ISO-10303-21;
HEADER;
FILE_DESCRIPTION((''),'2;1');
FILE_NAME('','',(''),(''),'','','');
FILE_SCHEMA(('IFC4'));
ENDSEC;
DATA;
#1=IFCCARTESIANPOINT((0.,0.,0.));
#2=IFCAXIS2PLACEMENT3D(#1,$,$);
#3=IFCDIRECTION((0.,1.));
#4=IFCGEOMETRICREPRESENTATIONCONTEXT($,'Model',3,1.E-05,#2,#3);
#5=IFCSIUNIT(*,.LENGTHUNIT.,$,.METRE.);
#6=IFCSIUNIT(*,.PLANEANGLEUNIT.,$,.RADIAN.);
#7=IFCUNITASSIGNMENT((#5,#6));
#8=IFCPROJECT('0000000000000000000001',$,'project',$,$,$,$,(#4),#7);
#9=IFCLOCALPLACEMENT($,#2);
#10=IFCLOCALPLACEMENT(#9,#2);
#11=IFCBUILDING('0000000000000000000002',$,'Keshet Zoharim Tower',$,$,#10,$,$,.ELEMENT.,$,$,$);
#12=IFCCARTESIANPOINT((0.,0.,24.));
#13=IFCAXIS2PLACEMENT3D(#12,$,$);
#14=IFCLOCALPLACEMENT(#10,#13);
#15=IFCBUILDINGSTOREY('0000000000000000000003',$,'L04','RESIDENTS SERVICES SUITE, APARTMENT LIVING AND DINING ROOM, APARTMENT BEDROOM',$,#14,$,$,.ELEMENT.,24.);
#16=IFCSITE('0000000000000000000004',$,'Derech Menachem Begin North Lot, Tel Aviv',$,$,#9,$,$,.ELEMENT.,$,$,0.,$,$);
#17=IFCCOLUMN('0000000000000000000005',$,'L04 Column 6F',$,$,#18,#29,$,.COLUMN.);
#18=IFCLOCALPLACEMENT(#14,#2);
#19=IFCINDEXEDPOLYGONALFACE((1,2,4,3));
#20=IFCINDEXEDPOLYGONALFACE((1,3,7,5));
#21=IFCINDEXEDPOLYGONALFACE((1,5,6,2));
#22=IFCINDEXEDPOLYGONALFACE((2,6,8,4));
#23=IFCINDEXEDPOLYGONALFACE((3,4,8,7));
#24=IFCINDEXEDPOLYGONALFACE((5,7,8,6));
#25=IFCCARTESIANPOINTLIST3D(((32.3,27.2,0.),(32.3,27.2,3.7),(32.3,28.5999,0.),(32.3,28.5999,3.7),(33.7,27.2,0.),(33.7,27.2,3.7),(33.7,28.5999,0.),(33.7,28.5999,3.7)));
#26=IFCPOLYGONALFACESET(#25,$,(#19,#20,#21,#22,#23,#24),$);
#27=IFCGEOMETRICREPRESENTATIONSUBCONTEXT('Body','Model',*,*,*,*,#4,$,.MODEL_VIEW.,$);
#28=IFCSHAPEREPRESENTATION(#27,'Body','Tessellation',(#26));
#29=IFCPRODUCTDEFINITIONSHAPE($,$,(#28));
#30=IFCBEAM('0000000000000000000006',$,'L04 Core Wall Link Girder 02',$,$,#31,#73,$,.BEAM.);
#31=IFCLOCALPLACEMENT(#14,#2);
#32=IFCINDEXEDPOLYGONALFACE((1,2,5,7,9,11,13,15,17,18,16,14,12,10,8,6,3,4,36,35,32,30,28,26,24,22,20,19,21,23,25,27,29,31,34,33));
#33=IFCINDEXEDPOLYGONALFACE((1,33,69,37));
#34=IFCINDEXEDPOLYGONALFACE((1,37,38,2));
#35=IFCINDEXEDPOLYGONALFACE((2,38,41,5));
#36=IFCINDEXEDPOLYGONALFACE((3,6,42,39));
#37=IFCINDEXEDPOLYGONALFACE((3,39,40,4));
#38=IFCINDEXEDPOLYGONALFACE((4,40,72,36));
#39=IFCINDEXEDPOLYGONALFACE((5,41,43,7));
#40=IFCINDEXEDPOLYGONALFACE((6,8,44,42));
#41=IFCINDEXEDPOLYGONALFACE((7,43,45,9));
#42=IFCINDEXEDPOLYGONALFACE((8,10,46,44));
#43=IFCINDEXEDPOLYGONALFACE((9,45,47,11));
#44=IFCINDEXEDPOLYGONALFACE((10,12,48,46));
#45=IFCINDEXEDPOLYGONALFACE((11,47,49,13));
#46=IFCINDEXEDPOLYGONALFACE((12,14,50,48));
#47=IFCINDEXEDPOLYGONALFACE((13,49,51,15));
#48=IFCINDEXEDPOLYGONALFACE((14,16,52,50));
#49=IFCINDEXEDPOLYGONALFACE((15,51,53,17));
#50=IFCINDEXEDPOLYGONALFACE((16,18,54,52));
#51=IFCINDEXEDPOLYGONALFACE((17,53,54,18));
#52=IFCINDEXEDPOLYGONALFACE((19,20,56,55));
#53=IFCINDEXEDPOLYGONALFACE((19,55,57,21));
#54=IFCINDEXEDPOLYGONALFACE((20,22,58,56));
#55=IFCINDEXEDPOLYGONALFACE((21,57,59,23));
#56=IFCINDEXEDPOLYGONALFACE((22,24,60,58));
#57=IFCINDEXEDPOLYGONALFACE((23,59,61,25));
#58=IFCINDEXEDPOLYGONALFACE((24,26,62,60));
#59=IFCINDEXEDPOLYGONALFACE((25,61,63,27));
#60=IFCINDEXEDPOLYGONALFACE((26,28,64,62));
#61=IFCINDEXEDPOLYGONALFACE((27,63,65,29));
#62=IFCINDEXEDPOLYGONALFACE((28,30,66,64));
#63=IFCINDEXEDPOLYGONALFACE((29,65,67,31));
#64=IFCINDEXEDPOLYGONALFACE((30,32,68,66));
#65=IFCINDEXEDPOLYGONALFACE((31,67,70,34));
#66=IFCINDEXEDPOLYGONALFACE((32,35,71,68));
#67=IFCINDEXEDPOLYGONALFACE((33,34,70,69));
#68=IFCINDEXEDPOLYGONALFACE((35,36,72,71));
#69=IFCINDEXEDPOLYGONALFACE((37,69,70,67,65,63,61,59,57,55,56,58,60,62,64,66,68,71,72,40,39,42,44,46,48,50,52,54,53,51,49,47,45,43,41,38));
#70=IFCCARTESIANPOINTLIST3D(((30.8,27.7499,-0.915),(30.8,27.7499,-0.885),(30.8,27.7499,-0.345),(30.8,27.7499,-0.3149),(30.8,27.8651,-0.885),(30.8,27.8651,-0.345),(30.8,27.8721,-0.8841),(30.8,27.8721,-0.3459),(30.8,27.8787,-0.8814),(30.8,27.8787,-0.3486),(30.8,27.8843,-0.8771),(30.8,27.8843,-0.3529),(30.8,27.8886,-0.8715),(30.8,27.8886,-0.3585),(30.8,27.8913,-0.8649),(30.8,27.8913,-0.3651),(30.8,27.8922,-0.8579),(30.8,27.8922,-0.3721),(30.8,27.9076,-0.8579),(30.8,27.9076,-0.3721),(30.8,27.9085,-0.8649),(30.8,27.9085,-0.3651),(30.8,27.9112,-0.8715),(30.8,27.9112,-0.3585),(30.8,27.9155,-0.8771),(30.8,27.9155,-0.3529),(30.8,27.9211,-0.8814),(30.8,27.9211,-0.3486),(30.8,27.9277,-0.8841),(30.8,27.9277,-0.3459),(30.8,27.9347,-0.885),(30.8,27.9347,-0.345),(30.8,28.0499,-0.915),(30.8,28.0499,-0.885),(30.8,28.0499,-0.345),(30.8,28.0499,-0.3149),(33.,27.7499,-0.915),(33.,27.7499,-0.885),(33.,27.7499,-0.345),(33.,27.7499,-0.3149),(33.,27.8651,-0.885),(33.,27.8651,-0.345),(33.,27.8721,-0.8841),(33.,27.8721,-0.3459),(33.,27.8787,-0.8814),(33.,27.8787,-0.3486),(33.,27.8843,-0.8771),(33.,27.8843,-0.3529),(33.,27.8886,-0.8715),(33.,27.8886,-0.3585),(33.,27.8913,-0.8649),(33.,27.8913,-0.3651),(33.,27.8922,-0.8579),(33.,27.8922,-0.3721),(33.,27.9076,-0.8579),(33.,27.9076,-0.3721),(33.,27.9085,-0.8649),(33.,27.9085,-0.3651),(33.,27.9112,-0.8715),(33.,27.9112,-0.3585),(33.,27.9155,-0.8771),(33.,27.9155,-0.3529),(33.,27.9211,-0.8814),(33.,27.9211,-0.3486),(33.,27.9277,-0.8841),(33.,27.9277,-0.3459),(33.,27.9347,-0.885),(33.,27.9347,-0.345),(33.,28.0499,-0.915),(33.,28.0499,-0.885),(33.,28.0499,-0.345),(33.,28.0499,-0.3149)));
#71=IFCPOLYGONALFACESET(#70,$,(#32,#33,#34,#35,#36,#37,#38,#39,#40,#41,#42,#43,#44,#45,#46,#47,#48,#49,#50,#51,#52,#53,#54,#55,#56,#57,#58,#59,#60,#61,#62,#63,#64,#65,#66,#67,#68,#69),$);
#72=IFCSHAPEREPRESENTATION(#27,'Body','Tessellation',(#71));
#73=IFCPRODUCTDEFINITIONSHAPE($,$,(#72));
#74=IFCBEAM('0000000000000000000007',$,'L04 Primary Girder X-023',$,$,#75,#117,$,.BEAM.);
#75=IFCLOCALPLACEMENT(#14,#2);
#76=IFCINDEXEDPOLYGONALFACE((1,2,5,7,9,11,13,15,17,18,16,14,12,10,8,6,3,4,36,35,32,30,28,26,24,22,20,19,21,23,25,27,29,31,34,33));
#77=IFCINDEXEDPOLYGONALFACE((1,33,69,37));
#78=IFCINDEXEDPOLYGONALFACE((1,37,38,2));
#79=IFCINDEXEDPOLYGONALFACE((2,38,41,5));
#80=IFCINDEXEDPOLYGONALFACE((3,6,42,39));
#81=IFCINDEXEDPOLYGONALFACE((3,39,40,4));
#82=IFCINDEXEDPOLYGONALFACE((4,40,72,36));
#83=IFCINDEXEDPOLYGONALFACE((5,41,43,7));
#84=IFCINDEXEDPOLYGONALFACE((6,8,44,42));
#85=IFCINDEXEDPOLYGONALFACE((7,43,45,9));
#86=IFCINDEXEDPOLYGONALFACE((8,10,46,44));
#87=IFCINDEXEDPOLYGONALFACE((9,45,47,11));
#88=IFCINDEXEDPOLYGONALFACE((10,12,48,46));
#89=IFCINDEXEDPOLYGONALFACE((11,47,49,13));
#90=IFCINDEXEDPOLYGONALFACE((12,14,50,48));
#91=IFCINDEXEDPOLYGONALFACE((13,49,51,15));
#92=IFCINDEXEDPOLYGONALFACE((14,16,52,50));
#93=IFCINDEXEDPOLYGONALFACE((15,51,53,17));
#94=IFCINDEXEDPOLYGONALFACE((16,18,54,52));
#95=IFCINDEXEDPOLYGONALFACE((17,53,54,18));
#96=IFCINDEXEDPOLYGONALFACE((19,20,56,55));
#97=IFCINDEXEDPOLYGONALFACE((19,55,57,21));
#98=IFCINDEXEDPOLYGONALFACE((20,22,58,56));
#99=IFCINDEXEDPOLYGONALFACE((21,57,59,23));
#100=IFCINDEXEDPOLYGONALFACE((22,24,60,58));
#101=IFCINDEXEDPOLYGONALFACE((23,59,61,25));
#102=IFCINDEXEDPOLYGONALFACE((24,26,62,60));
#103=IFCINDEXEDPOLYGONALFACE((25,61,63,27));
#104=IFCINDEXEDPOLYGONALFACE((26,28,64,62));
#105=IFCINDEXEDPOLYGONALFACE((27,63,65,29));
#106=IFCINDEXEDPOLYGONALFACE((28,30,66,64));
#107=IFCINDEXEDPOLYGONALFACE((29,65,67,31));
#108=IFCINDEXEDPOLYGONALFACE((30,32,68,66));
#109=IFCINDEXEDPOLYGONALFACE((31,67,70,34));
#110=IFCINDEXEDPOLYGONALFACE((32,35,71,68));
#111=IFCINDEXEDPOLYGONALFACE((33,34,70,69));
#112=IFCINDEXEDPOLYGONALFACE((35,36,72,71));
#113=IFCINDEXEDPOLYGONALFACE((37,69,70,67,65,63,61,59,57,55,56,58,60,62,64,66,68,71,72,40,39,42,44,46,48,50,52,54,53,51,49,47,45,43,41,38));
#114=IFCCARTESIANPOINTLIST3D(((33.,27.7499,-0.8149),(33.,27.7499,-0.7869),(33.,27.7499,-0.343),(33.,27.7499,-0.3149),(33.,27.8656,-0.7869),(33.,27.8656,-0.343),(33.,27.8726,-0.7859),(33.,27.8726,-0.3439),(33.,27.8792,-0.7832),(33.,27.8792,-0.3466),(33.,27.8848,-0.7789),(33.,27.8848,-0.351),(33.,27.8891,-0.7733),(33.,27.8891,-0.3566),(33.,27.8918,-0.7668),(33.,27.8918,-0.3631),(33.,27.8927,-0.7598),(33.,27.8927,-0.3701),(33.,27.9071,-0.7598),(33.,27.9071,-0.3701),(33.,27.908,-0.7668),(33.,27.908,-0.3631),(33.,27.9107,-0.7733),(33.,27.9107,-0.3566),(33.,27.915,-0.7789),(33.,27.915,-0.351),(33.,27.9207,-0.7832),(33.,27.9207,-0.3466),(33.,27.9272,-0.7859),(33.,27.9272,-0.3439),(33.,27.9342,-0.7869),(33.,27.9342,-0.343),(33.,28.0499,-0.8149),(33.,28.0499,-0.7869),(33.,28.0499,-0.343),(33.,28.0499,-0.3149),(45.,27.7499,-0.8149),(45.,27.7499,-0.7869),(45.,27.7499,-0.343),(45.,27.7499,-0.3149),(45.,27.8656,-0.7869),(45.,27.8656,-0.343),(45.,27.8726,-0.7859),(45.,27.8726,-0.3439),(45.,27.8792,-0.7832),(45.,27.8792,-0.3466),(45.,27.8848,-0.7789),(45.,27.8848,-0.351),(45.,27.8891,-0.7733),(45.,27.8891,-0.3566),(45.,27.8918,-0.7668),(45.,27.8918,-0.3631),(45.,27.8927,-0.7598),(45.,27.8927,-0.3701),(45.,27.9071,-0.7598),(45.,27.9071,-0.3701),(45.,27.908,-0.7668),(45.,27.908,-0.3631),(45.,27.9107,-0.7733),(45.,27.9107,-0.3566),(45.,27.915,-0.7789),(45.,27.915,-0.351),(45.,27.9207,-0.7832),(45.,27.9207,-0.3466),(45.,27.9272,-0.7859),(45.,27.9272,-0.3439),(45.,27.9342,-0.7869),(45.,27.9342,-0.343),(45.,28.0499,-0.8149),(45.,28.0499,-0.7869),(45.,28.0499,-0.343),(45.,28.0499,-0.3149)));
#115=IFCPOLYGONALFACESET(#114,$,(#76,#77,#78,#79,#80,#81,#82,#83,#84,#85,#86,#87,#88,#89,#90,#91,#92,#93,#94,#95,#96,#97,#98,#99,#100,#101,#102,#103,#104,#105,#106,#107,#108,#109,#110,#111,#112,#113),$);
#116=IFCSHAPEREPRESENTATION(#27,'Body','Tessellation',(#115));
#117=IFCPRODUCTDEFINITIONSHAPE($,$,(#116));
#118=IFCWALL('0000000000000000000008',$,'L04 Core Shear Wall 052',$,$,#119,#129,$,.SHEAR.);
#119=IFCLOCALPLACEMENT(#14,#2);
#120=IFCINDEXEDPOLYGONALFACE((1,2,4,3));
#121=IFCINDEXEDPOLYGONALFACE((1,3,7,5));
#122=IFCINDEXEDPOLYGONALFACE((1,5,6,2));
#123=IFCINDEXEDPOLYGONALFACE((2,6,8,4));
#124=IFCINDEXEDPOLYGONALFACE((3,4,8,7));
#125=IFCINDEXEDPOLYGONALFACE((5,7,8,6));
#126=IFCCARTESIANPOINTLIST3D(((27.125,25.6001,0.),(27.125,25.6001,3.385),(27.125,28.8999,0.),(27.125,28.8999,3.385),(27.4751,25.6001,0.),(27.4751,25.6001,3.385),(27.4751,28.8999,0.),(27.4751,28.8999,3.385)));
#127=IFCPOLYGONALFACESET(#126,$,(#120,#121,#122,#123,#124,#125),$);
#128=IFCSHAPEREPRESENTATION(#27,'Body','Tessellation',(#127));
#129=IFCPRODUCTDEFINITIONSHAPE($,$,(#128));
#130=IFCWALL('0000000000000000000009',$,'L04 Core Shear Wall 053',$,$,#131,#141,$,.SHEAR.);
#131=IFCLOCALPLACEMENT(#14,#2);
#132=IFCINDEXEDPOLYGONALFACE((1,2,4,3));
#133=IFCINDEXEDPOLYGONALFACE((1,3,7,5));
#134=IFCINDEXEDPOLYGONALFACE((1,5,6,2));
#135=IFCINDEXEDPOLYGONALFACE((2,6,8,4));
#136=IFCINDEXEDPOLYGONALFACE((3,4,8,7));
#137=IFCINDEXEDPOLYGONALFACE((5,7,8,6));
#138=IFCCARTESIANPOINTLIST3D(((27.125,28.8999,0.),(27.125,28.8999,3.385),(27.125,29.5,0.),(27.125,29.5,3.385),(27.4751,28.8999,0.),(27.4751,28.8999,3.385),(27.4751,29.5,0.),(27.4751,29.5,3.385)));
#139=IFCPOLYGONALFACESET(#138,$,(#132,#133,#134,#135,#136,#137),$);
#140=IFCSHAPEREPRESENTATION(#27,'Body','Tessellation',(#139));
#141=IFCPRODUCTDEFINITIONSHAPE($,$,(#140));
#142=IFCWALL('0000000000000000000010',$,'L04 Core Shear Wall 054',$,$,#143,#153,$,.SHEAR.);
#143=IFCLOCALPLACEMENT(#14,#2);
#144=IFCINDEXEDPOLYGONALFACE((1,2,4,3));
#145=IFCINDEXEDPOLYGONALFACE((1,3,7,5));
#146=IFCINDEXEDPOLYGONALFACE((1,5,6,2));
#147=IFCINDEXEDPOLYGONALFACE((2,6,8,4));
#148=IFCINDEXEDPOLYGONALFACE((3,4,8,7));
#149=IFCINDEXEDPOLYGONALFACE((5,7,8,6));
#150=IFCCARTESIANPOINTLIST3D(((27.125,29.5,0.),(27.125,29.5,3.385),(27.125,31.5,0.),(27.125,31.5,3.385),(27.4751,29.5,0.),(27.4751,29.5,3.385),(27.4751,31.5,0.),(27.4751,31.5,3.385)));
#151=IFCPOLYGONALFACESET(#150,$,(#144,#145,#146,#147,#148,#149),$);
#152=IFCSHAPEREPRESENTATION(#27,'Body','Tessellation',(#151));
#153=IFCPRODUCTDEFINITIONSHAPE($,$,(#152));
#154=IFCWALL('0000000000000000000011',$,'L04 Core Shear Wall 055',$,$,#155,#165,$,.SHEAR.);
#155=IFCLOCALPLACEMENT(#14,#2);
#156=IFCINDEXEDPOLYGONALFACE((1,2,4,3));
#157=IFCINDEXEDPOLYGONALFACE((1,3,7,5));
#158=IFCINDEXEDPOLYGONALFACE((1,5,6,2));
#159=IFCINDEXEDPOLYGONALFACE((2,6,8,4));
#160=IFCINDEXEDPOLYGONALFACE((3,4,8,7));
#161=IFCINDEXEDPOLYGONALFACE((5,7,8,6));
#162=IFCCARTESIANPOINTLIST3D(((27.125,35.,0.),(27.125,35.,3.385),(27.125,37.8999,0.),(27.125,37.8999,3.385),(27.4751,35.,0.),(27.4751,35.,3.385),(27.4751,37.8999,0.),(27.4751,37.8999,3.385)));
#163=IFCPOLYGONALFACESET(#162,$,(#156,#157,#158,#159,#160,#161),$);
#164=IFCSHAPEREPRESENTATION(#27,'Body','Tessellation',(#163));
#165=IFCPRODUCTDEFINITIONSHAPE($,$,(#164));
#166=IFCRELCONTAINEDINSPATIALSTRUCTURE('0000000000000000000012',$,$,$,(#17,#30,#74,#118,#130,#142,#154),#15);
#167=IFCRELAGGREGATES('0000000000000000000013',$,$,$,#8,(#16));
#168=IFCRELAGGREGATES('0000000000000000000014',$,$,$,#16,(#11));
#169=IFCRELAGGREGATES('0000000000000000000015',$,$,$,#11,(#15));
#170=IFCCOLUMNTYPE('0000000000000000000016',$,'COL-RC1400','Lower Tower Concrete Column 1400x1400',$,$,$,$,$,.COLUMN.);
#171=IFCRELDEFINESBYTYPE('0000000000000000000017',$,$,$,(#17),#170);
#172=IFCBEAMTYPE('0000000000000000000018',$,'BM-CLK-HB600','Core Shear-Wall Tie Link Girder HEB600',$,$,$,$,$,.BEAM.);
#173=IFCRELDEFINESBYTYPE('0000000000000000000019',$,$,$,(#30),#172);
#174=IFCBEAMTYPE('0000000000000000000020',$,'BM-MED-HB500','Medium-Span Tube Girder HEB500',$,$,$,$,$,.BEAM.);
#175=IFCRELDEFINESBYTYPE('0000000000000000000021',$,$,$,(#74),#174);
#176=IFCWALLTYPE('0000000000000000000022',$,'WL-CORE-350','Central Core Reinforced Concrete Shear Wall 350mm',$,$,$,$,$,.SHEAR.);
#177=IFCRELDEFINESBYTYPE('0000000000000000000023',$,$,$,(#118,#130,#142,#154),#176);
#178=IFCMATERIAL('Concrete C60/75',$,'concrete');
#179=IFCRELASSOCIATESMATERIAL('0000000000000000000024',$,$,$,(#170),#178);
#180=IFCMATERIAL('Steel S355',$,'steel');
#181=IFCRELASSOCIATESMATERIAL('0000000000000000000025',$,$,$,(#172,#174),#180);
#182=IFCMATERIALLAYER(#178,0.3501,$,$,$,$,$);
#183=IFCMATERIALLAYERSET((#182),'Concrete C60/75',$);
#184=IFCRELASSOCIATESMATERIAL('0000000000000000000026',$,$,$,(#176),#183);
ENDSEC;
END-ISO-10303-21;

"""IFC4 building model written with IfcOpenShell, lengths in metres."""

from ifc_helpers import new_model, si_unit, direction, frame, frame_2d, origin, origin_2d, place, context, subcontext, project, spatial, rectangle, i_section, extrude, material, layer, layer_set, material_profile, profile_set, type_object, element, save


model = new_model("IFC4")

# Units and contexts
model_context = context("Model", 3, precision=1e-05, world=origin(), true_north=direction((0.0, 1.0)))
body_context = subcontext(model_context, "Body", "Model", "MODEL_VIEW")
ifc_project = project(units=[si_unit("LENGTHUNIT", "METRE"), si_unit("PLANEANGLEUNIT", "RADIAN")], contexts=[model_context])

# Site, building, storey
site_placement = place(None, origin())
site = spatial("IfcSite", under=ifc_project, at=site_placement, Name="Derech Menachem Begin North Lot, Tel Aviv", CompositionType="ELEMENT", RefElevation=0.0)
building_placement = place(site_placement, origin())
building = spatial("IfcBuilding", under=site, at=building_placement, Name="Keshet Zoharim Tower", CompositionType="ELEMENT")
storey_placement = place(building_placement, frame((0.0, 0.0, 24.0)))
storey = spatial("IfcBuildingStorey", under=building, at=storey_placement, Name="L04", Description="RESIDENTS SERVICES SUITE, APARTMENT LIVING AND DINING ROOM, APARTMENT BEDROOM", CompositionType="ELEMENT", Elevation=24.0)

# Column
ifc_material_1 = material(Name="Concrete C60/75", Category="concrete")
ifc_material_profile_1 = material_profile(ifc_material_1, rectangle(XDim=1.3999, YDim=1.3999, at=origin_2d()), Name="RC1400x1400")
ifc_profile_set_1 = profile_set([ifc_material_profile_1], Name="Concrete C60/75")
column_type = type_object("IfcColumnType", Name="COL-RC1400", Description="Lower Tower Concrete Column 1400x1400", PredefinedType="COLUMN", material=ifc_profile_set_1)
column_placement = place(storey_placement, frame((33.0, 27.8999, 0.0), z_axis=(0.0, 0.0, 1.0), x_axis=(1.0, 0.0, 0.0)))
element("IfcColumn", 1, at=column_placement, inside=storey, type_object=column_type, Name="L04 Column 6F", PredefinedType="COLUMN", context=body_context, shape_type="SweptSolid", body=[
    extrude(rectangle(XDim=1.3999, YDim=1.3999, at=origin_2d()), origin(), (0.0, 0.0, 1.0), 3.7),
])

# Beams
ifc_material_2 = material(Name="Steel S355", Category="steel")
ifc_material_profile_2 = material_profile(ifc_material_2, i_section(OverallWidth=0.3, OverallDepth=0.6001, WebThickness=0.0154, FlangeThickness=0.03, FilletRadius=0.0271, at=origin_2d()), Name="HEB600")
ifc_profile_set_2 = profile_set([ifc_material_profile_2], Name="Steel S355")
beam_type_1 = type_object("IfcBeamType", Name="BM-CLK-HB600", Description="Core Shear-Wall Tie Link Girder HEB600", PredefinedType="BEAM", material=ifc_profile_set_2)
beam_1_placement = place(storey_placement, frame((30.8, 27.8999, -0.615), z_axis=(1.0, 0.0, 0.0), x_axis=(0.0, 1.0, 0.0)))
element("IfcBeam", 2, at=beam_1_placement, inside=storey, type_object=beam_type_1, Name="L04 Core Wall Link Girder 02", PredefinedType="BEAM", context=body_context, shape_type="SweptSolid", body=[
    extrude(i_section(OverallWidth=0.3, OverallDepth=0.6001, WebThickness=0.0154, FlangeThickness=0.03, FilletRadius=0.0271, at=origin_2d()), origin(), (0.0, 0.0, 1.0), 2.2),
])
ifc_material_profile_3 = material_profile(ifc_material_2, i_section(OverallWidth=0.3, OverallDepth=0.5, WebThickness=0.0144, FlangeThickness=0.0281, FilletRadius=0.0271, at=origin_2d()), Name="HEB500")
ifc_profile_set_3 = profile_set([ifc_material_profile_3], Name="Steel S355")
beam_type_2 = type_object("IfcBeamType", Name="BM-MED-HB500", Description="Medium-Span Tube Girder HEB500", PredefinedType="BEAM", material=ifc_profile_set_3)
beam_2_placement = place(storey_placement, frame((33.0, 27.8999, -0.5649), z_axis=(1.0, 0.0, 0.0), x_axis=(0.0, 1.0, 0.0)))
element("IfcBeam", 3, at=beam_2_placement, inside=storey, type_object=beam_type_2, Name="L04 Primary Girder X-023", PredefinedType="BEAM", context=body_context, shape_type="SweptSolid", body=[
    extrude(i_section(OverallWidth=0.3, OverallDepth=0.5, WebThickness=0.0144, FlangeThickness=0.0281, FilletRadius=0.0271, at=origin_2d()), origin(), (0.0, 0.0, 1.0), 12.0),
])

# Walls
ifc_layer_1 = layer(ifc_material_1, 0.3501)
ifc_layer_set_1 = layer_set([ifc_layer_1], Name="Concrete C60/75")
wall_type_1 = type_object("IfcWallType", Name="WL-CORE-350", Description="Central Core Reinforced Concrete Shear Wall 350mm", PredefinedType="SHEAR", material=ifc_layer_set_1)
wall_1_placement = place(storey_placement, frame((27.3, 25.6001, 0.0), z_axis=(0.0, 0.0, 1.0), x_axis=(0.0, 1.0, 0.0)))
element("IfcWall", 4, at=wall_1_placement, inside=storey, type_object=wall_type_1, Name="L04 Core Shear Wall 052", PredefinedType="SHEAR", context=body_context, shape_type="SweptSolid", body=[
    extrude(rectangle(XDim=3.2998, YDim=0.3501, at=frame_2d((1.6499, 0.0))), origin(), (0.0, 0.0, 1.0), 3.385),
])
wall_2_placement = place(storey_placement, frame((27.3, 28.8999, 0.0), z_axis=(0.0, 0.0, 1.0), x_axis=(0.0, 1.0, 0.0)))
element("IfcWall", 5, at=wall_2_placement, inside=storey, type_object=wall_type_1, Name="L04 Core Shear Wall 053", PredefinedType="SHEAR", context=body_context, shape_type="SweptSolid", body=[
    extrude(rectangle(XDim=0.6001, YDim=0.3501, at=frame_2d((0.3, 0.0))), origin(), (0.0, 0.0, 1.0), 3.385),
])
wall_3_placement = place(storey_placement, frame((27.3, 29.5, 0.0), z_axis=(0.0, 0.0, 1.0), x_axis=(0.0, 1.0, 0.0)))
element("IfcWall", 6, at=wall_3_placement, inside=storey, type_object=wall_type_1, Name="L04 Core Shear Wall 054", PredefinedType="SHEAR", context=body_context, shape_type="SweptSolid", body=[
    extrude(rectangle(XDim=2.0, YDim=0.3501, at=frame_2d((1.0, 0.0))), origin(), (0.0, 0.0, 1.0), 3.385),
])
wall_4_placement = place(storey_placement, frame((27.3, 35.0, 0.0), z_axis=(0.0, 0.0, 1.0), x_axis=(0.0, 1.0, 0.0)))
element("IfcWall", 7, at=wall_4_placement, inside=storey, type_object=wall_type_1, Name="L04 Core Shear Wall 055", PredefinedType="SHEAR", context=body_context, shape_type="SweptSolid", body=[
    extrude(rectangle(XDim=2.8999, YDim=0.3501, at=frame_2d((1.45, 0.0))), origin(), (0.0, 0.0, 1.0), 3.385),
])

save(model, "model.ifc")
